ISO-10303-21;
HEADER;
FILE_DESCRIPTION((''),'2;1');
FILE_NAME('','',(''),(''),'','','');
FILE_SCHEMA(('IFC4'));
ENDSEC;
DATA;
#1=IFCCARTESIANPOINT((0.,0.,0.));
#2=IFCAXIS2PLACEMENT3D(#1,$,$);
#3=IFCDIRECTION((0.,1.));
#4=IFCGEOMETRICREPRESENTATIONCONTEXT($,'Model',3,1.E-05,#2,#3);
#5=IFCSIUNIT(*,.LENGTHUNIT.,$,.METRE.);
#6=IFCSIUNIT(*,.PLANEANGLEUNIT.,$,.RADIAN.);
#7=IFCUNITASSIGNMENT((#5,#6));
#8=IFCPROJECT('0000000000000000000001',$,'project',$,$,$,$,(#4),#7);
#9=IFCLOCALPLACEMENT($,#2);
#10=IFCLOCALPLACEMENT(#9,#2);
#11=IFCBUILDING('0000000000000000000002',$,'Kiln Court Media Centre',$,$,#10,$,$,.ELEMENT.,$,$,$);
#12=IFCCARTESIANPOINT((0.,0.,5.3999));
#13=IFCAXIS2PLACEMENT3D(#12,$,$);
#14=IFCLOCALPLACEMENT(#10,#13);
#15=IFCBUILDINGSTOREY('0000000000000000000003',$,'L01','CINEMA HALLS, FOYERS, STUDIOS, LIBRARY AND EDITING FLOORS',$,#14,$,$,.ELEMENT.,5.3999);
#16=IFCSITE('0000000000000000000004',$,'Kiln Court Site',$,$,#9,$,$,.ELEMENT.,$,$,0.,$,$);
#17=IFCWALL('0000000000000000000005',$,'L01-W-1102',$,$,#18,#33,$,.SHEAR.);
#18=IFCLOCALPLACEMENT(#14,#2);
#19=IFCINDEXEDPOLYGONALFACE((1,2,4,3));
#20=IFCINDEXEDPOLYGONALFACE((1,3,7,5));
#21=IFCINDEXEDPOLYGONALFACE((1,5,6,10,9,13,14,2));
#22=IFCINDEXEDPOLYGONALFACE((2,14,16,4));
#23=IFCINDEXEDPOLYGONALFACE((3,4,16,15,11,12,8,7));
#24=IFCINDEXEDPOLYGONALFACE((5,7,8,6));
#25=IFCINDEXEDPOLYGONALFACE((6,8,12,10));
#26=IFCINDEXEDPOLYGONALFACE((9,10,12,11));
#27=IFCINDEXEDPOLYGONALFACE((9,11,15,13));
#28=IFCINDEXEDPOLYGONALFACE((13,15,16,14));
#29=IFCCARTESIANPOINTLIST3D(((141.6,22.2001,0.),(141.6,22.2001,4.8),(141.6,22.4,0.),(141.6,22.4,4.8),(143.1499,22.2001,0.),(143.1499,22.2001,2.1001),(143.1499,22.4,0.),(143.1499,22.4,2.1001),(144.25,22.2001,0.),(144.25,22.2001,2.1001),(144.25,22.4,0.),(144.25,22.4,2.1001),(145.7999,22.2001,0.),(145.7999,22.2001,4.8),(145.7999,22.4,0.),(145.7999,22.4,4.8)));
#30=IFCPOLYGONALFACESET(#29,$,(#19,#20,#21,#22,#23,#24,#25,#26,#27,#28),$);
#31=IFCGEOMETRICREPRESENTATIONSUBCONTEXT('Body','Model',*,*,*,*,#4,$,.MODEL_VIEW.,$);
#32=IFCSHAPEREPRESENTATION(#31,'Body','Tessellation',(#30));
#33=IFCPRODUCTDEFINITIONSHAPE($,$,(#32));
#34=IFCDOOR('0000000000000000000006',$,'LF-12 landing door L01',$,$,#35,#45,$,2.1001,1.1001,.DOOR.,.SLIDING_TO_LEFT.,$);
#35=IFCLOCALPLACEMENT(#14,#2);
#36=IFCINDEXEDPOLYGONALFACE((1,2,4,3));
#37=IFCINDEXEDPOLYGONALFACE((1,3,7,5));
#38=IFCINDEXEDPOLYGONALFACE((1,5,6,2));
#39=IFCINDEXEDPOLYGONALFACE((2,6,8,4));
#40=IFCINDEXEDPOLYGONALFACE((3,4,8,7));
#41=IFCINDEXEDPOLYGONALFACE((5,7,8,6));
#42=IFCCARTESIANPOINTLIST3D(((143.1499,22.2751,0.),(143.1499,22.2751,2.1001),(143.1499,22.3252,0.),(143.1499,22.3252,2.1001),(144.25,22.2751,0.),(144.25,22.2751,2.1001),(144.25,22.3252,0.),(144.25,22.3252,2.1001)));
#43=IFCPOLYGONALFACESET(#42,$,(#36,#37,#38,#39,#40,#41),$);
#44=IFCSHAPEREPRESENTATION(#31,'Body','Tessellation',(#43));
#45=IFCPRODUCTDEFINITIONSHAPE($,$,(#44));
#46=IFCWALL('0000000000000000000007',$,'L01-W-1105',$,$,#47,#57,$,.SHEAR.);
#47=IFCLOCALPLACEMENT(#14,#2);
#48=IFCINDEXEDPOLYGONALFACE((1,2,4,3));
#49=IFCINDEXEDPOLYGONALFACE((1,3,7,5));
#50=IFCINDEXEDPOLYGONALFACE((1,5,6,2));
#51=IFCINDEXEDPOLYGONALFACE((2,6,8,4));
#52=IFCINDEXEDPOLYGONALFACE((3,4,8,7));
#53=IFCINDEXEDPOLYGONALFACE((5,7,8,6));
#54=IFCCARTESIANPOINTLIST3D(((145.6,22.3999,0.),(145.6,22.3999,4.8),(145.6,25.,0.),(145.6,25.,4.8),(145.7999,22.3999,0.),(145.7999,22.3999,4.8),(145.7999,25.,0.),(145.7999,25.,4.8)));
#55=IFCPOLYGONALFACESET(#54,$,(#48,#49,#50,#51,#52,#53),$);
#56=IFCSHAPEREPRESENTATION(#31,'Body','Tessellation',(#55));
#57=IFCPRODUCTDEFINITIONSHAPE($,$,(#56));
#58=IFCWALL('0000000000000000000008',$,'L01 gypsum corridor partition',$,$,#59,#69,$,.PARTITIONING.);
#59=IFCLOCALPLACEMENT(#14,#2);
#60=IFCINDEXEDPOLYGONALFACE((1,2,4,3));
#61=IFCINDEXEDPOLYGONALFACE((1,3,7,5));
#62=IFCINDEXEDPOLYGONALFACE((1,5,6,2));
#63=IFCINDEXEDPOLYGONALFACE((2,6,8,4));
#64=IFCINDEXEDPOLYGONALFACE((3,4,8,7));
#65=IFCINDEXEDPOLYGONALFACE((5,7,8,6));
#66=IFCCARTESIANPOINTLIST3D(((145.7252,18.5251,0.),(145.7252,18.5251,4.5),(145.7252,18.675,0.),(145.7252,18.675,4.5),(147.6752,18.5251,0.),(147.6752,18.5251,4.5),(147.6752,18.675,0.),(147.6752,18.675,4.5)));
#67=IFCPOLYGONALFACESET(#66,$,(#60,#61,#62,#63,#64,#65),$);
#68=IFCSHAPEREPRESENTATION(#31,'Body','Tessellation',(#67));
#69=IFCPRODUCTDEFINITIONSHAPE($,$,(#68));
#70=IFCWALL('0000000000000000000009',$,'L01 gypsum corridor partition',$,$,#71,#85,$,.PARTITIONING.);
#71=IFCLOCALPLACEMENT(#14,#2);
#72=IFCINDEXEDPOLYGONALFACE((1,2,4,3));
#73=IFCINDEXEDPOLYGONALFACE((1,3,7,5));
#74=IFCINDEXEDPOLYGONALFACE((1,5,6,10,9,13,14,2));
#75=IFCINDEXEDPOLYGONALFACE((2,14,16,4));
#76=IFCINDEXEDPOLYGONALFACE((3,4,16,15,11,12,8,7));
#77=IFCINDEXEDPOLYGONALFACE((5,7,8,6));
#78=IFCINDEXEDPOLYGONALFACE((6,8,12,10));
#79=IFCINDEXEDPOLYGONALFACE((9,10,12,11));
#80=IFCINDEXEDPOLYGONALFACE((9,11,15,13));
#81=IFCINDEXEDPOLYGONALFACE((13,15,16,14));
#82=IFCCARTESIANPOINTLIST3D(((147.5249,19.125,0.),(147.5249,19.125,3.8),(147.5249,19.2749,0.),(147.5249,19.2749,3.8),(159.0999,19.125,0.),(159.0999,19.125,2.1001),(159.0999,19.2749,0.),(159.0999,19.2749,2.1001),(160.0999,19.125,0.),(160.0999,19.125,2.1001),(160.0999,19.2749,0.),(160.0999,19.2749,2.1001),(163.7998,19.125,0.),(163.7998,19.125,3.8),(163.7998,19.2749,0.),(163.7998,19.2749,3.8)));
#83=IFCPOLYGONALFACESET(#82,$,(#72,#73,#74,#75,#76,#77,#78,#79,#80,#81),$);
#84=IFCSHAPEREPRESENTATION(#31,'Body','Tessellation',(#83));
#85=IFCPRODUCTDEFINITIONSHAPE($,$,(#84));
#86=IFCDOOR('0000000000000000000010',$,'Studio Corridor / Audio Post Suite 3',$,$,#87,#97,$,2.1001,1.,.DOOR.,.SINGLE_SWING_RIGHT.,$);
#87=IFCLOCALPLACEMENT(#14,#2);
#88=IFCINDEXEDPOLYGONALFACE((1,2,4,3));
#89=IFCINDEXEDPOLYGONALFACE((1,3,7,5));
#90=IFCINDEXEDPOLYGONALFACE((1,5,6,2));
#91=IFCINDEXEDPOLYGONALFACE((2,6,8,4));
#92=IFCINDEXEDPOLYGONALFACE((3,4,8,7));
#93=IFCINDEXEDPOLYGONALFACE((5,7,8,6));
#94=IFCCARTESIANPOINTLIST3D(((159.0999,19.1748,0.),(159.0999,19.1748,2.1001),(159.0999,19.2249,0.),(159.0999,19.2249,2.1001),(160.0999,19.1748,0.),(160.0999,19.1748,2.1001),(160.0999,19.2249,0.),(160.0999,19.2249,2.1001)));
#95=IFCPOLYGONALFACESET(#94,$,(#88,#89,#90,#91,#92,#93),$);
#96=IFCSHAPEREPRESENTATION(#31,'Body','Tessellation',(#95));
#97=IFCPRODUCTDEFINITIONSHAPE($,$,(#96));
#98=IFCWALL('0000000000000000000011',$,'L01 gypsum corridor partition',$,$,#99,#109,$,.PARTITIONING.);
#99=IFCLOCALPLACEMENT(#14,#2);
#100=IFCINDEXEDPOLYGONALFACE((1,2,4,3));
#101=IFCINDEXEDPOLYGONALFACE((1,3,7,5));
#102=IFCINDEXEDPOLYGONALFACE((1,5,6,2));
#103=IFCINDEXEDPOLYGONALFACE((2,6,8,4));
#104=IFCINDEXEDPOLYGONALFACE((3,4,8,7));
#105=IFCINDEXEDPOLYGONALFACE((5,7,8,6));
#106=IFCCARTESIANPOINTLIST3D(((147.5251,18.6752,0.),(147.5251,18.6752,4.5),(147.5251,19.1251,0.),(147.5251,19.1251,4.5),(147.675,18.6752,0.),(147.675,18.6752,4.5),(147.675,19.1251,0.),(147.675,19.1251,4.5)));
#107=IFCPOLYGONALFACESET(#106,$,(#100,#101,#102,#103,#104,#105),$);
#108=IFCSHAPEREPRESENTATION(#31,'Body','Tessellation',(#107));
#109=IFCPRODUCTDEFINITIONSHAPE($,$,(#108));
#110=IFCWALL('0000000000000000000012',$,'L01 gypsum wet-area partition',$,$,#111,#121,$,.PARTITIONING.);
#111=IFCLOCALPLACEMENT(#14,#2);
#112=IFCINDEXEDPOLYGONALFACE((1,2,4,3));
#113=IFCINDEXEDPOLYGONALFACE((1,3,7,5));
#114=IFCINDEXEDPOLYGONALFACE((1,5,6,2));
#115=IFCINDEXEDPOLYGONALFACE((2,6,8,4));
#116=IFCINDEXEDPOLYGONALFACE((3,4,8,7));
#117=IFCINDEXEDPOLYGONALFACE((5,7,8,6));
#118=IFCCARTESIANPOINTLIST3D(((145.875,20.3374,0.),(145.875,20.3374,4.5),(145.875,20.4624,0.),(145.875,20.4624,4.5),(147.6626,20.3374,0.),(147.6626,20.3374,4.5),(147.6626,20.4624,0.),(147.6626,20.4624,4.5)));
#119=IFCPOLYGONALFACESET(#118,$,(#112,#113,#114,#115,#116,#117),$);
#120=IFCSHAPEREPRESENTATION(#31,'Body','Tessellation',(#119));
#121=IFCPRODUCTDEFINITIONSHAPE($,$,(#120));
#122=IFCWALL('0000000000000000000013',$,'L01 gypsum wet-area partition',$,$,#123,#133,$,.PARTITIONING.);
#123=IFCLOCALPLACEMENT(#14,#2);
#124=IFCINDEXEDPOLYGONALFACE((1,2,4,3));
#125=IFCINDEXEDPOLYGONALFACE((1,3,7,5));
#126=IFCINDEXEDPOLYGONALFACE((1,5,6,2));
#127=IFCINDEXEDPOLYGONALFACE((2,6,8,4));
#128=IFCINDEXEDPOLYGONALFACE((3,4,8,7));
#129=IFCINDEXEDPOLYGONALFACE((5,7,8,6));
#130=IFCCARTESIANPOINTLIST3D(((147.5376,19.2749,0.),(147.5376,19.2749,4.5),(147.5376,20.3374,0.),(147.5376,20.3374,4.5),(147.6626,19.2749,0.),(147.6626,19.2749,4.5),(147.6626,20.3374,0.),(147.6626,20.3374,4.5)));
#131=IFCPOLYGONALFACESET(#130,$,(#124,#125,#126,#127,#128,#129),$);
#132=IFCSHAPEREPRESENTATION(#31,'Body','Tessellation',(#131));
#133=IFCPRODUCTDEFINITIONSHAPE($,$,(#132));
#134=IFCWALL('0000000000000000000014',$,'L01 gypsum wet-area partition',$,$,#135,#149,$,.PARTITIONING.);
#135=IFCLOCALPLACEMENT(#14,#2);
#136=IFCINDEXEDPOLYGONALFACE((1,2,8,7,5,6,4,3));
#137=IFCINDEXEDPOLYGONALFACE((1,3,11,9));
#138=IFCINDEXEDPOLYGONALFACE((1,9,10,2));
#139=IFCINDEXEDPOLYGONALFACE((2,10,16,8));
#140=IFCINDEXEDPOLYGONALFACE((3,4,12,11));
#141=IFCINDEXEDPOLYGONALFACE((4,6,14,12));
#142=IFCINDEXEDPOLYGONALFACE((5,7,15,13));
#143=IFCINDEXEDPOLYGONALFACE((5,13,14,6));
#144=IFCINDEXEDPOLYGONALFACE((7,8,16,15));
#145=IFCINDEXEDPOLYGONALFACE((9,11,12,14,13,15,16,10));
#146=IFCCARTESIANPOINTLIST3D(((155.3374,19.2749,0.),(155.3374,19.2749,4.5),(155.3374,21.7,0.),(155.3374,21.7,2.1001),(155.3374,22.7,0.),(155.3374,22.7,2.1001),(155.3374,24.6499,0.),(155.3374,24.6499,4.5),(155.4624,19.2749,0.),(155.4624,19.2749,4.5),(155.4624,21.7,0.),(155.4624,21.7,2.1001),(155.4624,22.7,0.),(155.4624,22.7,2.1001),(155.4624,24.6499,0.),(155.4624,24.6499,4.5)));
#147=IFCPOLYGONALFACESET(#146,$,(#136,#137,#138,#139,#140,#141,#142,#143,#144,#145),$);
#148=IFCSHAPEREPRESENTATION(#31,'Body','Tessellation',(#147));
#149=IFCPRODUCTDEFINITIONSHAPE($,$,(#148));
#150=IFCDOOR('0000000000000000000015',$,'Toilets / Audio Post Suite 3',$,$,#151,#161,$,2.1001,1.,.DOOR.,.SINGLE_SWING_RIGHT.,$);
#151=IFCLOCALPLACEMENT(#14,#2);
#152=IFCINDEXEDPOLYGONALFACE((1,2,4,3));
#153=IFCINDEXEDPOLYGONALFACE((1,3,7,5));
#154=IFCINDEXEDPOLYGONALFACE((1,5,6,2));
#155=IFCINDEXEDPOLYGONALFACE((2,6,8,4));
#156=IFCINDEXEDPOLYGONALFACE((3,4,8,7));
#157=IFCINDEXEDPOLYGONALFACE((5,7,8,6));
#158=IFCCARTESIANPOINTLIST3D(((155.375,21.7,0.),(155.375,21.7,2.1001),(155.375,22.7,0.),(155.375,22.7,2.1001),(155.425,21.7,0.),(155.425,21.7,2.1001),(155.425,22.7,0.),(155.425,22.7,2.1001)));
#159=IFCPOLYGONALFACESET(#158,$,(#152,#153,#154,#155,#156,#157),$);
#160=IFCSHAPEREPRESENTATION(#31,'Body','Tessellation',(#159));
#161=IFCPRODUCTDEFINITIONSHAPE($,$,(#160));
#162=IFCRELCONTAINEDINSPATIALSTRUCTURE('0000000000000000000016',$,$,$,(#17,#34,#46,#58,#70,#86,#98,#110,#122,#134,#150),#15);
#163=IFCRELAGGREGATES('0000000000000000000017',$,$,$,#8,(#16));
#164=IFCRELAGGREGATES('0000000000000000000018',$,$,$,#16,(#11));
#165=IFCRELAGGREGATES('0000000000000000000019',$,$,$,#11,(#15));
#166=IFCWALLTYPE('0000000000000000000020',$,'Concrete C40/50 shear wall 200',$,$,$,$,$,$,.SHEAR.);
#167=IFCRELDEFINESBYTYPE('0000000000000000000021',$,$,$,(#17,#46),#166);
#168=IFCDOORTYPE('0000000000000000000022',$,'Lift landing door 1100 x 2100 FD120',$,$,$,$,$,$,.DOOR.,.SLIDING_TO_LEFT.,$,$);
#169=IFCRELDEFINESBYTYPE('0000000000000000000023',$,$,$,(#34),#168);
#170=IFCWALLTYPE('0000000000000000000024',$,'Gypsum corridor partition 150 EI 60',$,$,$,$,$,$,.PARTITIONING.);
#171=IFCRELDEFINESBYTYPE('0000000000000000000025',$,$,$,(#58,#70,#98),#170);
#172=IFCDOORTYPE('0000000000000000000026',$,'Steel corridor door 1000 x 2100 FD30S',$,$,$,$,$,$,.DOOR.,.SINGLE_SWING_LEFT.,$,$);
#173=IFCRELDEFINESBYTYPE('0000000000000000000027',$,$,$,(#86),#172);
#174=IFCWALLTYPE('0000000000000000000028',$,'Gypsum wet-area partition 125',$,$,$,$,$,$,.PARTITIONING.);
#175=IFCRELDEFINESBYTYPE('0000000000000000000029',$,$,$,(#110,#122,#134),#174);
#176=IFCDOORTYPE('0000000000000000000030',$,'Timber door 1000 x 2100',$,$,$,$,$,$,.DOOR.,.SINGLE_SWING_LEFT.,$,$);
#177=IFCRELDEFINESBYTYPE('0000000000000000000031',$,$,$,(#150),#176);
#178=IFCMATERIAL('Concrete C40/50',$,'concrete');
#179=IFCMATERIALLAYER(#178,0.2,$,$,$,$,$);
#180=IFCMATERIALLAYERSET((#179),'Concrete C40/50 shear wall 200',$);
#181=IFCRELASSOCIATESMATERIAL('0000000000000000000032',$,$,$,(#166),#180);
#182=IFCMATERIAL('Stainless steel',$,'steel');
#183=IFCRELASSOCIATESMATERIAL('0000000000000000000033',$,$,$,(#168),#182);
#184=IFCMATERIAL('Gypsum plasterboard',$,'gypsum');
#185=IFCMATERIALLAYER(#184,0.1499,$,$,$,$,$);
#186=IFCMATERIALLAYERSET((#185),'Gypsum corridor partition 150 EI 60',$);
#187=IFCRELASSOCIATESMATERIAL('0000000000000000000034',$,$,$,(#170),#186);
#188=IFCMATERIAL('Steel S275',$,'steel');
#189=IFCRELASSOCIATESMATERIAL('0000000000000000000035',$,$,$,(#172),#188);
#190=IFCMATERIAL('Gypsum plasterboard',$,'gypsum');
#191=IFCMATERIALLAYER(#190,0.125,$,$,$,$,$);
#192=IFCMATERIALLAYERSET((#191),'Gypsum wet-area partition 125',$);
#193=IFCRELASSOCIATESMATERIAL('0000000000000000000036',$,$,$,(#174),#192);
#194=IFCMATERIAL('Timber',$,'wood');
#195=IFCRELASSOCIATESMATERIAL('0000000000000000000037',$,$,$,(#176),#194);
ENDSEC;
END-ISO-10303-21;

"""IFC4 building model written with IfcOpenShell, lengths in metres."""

from ifc_helpers import new_model, si_unit, direction, frame, frame_2d, origin, place, context, subcontext, project, spatial, rectangle, extrude, material, layer, layer_set, type_object, element, fill, save


model = new_model("IFC4")

# Units and contexts
model_context = context("Model", 3, precision=1e-05, world=origin(), true_north=direction((0.0, 1.0)))
body_context = subcontext(model_context, "Body", "Model", "MODEL_VIEW")
ifc_project = project(units=[si_unit("LENGTHUNIT", "METRE"), si_unit("PLANEANGLEUNIT", "RADIAN")], contexts=[model_context])

# Site, building, storey
site_placement = place(None, origin())
site = spatial("IfcSite", under=ifc_project, at=site_placement, Name="Kiln Court Site", CompositionType="ELEMENT", RefElevation=0.0)
building_placement = place(site_placement, origin())
building = spatial("IfcBuilding", under=site, at=building_placement, Name="Kiln Court Media Centre", CompositionType="ELEMENT")
storey_placement = place(building_placement, frame((0.0, 0.0, 5.3999)))
storey = spatial("IfcBuildingStorey", under=building, at=storey_placement, Name="L01", Description="CINEMA HALLS, FOYERS, STUDIOS, LIBRARY AND EDITING FLOORS", CompositionType="ELEMENT", Elevation=5.3999)

# Wall, opening, door
ifc_material_1 = material(Name="Concrete C40/50", Category="concrete")
ifc_layer_1 = layer(ifc_material_1, 0.2)
ifc_layer_set_1 = layer_set([ifc_layer_1], Name="Concrete C40/50 shear wall 200")
wall_type_1 = type_object("IfcWallType", Name="Concrete C40/50 shear wall 200", PredefinedType="SHEAR", material=ifc_layer_set_1)
wall_1_placement = place(storey_placement, frame((145.8, 22.3, 0.0), z_axis=(0.0, 0.0, 1.0), x_axis=(-1.0, 0.0, 0.0)))
wall_1 = element("IfcWall", 1, at=wall_1_placement, inside=storey, type_object=wall_type_1, Name="L01-W-1102", PredefinedType="SHEAR", context=body_context, shape_type="SweptSolid", body=[
    extrude(rectangle(XDim=4.2, YDim=0.2, at=frame_2d((2.1001, 0.0))), origin(), (0.0, 0.0, 1.0), 4.8),
])
opening_1_placement = place(wall_1_placement, frame((1.55, 0.0, 0.0)))
opening_1 = element("IfcOpeningElement", 2, at=opening_1_placement, cuts=wall_1, PredefinedType="OPENING", context=body_context, shape_type="SweptSolid", body=[
    extrude(rectangle(XDim=1.1001, YDim=2.1001, at=frame_2d((0.55, 1.05))), frame((0.0, 0.1099, 0.0), z_axis=(0.0, -1.0, 0.0), x_axis=(1.0, 0.0, 0.0)), (0.0, 0.0, 1.0), 0.22),
])
ifc_material_2 = material(Name="Stainless steel", Category="steel")
door_type_1 = type_object("IfcDoorType", Name="Lift landing door 1100 x 2100 FD120", OperationType="SLIDING_TO_LEFT", PredefinedType="DOOR", material=ifc_material_2)
door_1_placement = place(opening_1_placement, origin())
door_1 = element("IfcDoor", 3, at=door_1_placement, inside=storey, type_object=door_type_1, Name="LF-12 landing door L01", OperationType="SLIDING_TO_LEFT", OverallHeight=2.1001, OverallWidth=1.1001, PredefinedType="DOOR", context=body_context, shape_type="SweptSolid", body=[
    extrude(rectangle(XDim=1.1001, YDim=2.1001, at=frame_2d((0.55, 1.05))), frame((0.0, 0.0249, 0.0), z_axis=(0.0, -1.0, 0.0), x_axis=(1.0, 0.0, 0.0)), (0.0, 0.0, 1.0), 0.05),
])
fill(opening_1, door_1)

# Walls
wall_2_placement = place(storey_placement, frame((145.7, 25.0, 0.0), z_axis=(0.0, 0.0, 1.0), x_axis=(0.0, -1.0, 0.0)))
element("IfcWall", 4, at=wall_2_placement, inside=storey, type_object=wall_type_1, Name="L01-W-1105", PredefinedType="SHEAR", context=body_context, shape_type="SweptSolid", body=[
    extrude(rectangle(XDim=2.6001, YDim=0.2, at=frame_2d((1.3, 0.0))), origin(), (0.0, 0.0, 1.0), 4.8),
])
ifc_material_3 = material(Name="Gypsum plasterboard", Category="gypsum")
ifc_layer_2 = layer(ifc_material_3, 0.1499)
ifc_layer_set_2 = layer_set([ifc_layer_2], Name="Gypsum corridor partition 150 EI 60")
wall_type_2 = type_object("IfcWallType", Name="Gypsum corridor partition 150 EI 60", PredefinedType="PARTITIONING", material=ifc_layer_set_2)
wall_3_placement = place(storey_placement, frame((145.7251, 18.6001, 0.0), z_axis=(0.0, 0.0, 1.0), x_axis=(1.0, 0.0, 0.0)))
element("IfcWall", 5, at=wall_3_placement, inside=storey, type_object=wall_type_2, Name="L01 gypsum corridor partition", PredefinedType="PARTITIONING", context=body_context, shape_type="SweptSolid", body=[
    extrude(rectangle(XDim=1.95, YDim=0.1499, at=frame_2d((0.9751, 0.0))), origin(), (0.0, 0.0, 1.0), 4.5),
])

# Wall, opening, door
wall_4_placement = place(storey_placement, frame((147.5249, 19.2, 0.0), z_axis=(0.0, 0.0, 1.0), x_axis=(1.0, 0.0, 0.0)))
wall_4 = element("IfcWall", 6, at=wall_4_placement, inside=storey, type_object=wall_type_2, Name="L01 gypsum corridor partition", PredefinedType="PARTITIONING", context=body_context, shape_type="SweptSolid", body=[
    extrude(rectangle(XDim=16.2749, YDim=0.1499, at=frame_2d((8.1375, 0.0))), origin(), (0.0, 0.0, 1.0), 3.8),
])
opening_2_placement = place(wall_4_placement, frame((11.575, 0.0, 0.0)))
opening_2 = element("IfcOpeningElement", 7, at=opening_2_placement, cuts=wall_4, PredefinedType="OPENING", context=body_context, shape_type="SweptSolid", body=[
    extrude(rectangle(XDim=1.0, YDim=2.1001, at=frame_2d((0.5, 1.05))), frame((0.0, 0.085, 0.0), z_axis=(0.0, -1.0, 0.0), x_axis=(1.0, 0.0, 0.0)), (0.0, 0.0, 1.0), 0.1699),
])
ifc_material_4 = material(Name="Steel S275", Category="steel")
door_type_2 = type_object("IfcDoorType", Name="Steel corridor door 1000 x 2100 FD30S", OperationType="SINGLE_SWING_LEFT", PredefinedType="DOOR", material=ifc_material_4)
door_2_placement = place(opening_2_placement, origin())
door_2 = element("IfcDoor", 8, at=door_2_placement, inside=storey, type_object=door_type_2, Name="Studio Corridor / Audio Post Suite 3", OperationType="SINGLE_SWING_RIGHT", OverallHeight=2.1001, OverallWidth=1.0, PredefinedType="DOOR", context=body_context, shape_type="SweptSolid", body=[
    extrude(rectangle(XDim=1.0, YDim=2.1001, at=frame_2d((0.5, 1.05))), frame((0.0, 0.0249, 0.0), z_axis=(0.0, -1.0, 0.0), x_axis=(1.0, 0.0, 0.0)), (0.0, 0.0, 1.0), 0.05),
])
fill(opening_2, door_2)

# Walls
wall_5_placement = place(storey_placement, frame((147.6001, 18.675, 0.0), z_axis=(0.0, 0.0, 1.0), x_axis=(0.0, 1.0, 0.0)))
element("IfcWall", 9, at=wall_5_placement, inside=storey, type_object=wall_type_2, Name="L01 gypsum corridor partition", PredefinedType="PARTITIONING", context=body_context, shape_type="SweptSolid", body=[
    extrude(rectangle(XDim=0.45, YDim=0.1499, at=frame_2d((0.2251, 0.0))), origin(), (0.0, 0.0, 1.0), 4.5),
])
ifc_material_5 = material(Name="Gypsum plasterboard", Category="gypsum")
ifc_layer_3 = layer(ifc_material_5, 0.125)
ifc_layer_set_3 = layer_set([ifc_layer_3], Name="Gypsum wet-area partition 125")
wall_type_3 = type_object("IfcWallType", Name="Gypsum wet-area partition 125", PredefinedType="PARTITIONING", material=ifc_layer_set_3)
wall_6_placement = place(storey_placement, frame((145.875, 20.3999, 0.0), z_axis=(0.0, 0.0, 1.0), x_axis=(1.0, 0.0, 0.0)))
element("IfcWall", 10, at=wall_6_placement, inside=storey, type_object=wall_type_3, Name="L01 gypsum wet-area partition", PredefinedType="PARTITIONING", context=body_context, shape_type="SweptSolid", body=[
    extrude(rectangle(XDim=1.7876, YDim=0.125, at=frame_2d((0.8938, 0.0))), origin(), (0.0, 0.0, 1.0), 4.5),
])
wall_7_placement = place(storey_placement, frame((147.6001, 19.2749, 0.0), z_axis=(0.0, 0.0, 1.0), x_axis=(0.0, 1.0, 0.0)))
element("IfcWall", 11, at=wall_7_placement, inside=storey, type_object=wall_type_3, Name="L01 gypsum wet-area partition", PredefinedType="PARTITIONING", context=body_context, shape_type="SweptSolid", body=[
    extrude(rectangle(XDim=1.0625, YDim=0.125, at=frame_2d((0.5312, 0.0))), origin(), (0.0, 0.0, 1.0), 4.5),
])

# Wall, opening, door
wall_8_placement = place(storey_placement, frame((155.3999, 19.2749, 0.0), z_axis=(0.0, 0.0, 1.0), x_axis=(0.0, 1.0, 0.0)))
wall_8 = element("IfcWall", 12, at=wall_8_placement, inside=storey, type_object=wall_type_3, Name="L01 gypsum wet-area partition", PredefinedType="PARTITIONING", context=body_context, shape_type="SweptSolid", body=[
    extrude(rectangle(XDim=5.375, YDim=0.125, at=frame_2d((2.6875, 0.0))), origin(), (0.0, 0.0, 1.0), 4.5),
])
opening_3_placement = place(wall_8_placement, frame((2.425, 0.0, 0.0)))
opening_3 = element("IfcOpeningElement", 13, at=opening_3_placement, cuts=wall_8, PredefinedType="OPENING", context=body_context, shape_type="SweptSolid", body=[
    extrude(rectangle(XDim=1.0, YDim=2.1001, at=frame_2d((0.5, 1.05))), frame((0.0, 0.0725, 0.0), z_axis=(0.0, -1.0, 0.0), x_axis=(1.0, 0.0, 0.0)), (0.0, 0.0, 1.0), 0.145),
])
ifc_material_6 = material(Name="Timber", Category="wood")
door_type_3 = type_object("IfcDoorType", Name="Timber door 1000 x 2100", OperationType="SINGLE_SWING_LEFT", PredefinedType="DOOR", material=ifc_material_6)
door_3_placement = place(opening_3_placement, origin())
door_3 = element("IfcDoor", 14, at=door_3_placement, inside=storey, type_object=door_type_3, Name="Toilets / Audio Post Suite 3", OperationType="SINGLE_SWING_RIGHT", OverallHeight=2.1001, OverallWidth=1.0, PredefinedType="DOOR", context=body_context, shape_type="SweptSolid", body=[
    extrude(rectangle(XDim=1.0, YDim=2.1001, at=frame_2d((0.5, 1.05))), frame((0.0, 0.0249, 0.0), z_axis=(0.0, -1.0, 0.0), x_axis=(1.0, 0.0, 0.0)), (0.0, 0.0, 1.0), 0.05),
])
fill(opening_3, door_3)

save(model, "model.ifc")
